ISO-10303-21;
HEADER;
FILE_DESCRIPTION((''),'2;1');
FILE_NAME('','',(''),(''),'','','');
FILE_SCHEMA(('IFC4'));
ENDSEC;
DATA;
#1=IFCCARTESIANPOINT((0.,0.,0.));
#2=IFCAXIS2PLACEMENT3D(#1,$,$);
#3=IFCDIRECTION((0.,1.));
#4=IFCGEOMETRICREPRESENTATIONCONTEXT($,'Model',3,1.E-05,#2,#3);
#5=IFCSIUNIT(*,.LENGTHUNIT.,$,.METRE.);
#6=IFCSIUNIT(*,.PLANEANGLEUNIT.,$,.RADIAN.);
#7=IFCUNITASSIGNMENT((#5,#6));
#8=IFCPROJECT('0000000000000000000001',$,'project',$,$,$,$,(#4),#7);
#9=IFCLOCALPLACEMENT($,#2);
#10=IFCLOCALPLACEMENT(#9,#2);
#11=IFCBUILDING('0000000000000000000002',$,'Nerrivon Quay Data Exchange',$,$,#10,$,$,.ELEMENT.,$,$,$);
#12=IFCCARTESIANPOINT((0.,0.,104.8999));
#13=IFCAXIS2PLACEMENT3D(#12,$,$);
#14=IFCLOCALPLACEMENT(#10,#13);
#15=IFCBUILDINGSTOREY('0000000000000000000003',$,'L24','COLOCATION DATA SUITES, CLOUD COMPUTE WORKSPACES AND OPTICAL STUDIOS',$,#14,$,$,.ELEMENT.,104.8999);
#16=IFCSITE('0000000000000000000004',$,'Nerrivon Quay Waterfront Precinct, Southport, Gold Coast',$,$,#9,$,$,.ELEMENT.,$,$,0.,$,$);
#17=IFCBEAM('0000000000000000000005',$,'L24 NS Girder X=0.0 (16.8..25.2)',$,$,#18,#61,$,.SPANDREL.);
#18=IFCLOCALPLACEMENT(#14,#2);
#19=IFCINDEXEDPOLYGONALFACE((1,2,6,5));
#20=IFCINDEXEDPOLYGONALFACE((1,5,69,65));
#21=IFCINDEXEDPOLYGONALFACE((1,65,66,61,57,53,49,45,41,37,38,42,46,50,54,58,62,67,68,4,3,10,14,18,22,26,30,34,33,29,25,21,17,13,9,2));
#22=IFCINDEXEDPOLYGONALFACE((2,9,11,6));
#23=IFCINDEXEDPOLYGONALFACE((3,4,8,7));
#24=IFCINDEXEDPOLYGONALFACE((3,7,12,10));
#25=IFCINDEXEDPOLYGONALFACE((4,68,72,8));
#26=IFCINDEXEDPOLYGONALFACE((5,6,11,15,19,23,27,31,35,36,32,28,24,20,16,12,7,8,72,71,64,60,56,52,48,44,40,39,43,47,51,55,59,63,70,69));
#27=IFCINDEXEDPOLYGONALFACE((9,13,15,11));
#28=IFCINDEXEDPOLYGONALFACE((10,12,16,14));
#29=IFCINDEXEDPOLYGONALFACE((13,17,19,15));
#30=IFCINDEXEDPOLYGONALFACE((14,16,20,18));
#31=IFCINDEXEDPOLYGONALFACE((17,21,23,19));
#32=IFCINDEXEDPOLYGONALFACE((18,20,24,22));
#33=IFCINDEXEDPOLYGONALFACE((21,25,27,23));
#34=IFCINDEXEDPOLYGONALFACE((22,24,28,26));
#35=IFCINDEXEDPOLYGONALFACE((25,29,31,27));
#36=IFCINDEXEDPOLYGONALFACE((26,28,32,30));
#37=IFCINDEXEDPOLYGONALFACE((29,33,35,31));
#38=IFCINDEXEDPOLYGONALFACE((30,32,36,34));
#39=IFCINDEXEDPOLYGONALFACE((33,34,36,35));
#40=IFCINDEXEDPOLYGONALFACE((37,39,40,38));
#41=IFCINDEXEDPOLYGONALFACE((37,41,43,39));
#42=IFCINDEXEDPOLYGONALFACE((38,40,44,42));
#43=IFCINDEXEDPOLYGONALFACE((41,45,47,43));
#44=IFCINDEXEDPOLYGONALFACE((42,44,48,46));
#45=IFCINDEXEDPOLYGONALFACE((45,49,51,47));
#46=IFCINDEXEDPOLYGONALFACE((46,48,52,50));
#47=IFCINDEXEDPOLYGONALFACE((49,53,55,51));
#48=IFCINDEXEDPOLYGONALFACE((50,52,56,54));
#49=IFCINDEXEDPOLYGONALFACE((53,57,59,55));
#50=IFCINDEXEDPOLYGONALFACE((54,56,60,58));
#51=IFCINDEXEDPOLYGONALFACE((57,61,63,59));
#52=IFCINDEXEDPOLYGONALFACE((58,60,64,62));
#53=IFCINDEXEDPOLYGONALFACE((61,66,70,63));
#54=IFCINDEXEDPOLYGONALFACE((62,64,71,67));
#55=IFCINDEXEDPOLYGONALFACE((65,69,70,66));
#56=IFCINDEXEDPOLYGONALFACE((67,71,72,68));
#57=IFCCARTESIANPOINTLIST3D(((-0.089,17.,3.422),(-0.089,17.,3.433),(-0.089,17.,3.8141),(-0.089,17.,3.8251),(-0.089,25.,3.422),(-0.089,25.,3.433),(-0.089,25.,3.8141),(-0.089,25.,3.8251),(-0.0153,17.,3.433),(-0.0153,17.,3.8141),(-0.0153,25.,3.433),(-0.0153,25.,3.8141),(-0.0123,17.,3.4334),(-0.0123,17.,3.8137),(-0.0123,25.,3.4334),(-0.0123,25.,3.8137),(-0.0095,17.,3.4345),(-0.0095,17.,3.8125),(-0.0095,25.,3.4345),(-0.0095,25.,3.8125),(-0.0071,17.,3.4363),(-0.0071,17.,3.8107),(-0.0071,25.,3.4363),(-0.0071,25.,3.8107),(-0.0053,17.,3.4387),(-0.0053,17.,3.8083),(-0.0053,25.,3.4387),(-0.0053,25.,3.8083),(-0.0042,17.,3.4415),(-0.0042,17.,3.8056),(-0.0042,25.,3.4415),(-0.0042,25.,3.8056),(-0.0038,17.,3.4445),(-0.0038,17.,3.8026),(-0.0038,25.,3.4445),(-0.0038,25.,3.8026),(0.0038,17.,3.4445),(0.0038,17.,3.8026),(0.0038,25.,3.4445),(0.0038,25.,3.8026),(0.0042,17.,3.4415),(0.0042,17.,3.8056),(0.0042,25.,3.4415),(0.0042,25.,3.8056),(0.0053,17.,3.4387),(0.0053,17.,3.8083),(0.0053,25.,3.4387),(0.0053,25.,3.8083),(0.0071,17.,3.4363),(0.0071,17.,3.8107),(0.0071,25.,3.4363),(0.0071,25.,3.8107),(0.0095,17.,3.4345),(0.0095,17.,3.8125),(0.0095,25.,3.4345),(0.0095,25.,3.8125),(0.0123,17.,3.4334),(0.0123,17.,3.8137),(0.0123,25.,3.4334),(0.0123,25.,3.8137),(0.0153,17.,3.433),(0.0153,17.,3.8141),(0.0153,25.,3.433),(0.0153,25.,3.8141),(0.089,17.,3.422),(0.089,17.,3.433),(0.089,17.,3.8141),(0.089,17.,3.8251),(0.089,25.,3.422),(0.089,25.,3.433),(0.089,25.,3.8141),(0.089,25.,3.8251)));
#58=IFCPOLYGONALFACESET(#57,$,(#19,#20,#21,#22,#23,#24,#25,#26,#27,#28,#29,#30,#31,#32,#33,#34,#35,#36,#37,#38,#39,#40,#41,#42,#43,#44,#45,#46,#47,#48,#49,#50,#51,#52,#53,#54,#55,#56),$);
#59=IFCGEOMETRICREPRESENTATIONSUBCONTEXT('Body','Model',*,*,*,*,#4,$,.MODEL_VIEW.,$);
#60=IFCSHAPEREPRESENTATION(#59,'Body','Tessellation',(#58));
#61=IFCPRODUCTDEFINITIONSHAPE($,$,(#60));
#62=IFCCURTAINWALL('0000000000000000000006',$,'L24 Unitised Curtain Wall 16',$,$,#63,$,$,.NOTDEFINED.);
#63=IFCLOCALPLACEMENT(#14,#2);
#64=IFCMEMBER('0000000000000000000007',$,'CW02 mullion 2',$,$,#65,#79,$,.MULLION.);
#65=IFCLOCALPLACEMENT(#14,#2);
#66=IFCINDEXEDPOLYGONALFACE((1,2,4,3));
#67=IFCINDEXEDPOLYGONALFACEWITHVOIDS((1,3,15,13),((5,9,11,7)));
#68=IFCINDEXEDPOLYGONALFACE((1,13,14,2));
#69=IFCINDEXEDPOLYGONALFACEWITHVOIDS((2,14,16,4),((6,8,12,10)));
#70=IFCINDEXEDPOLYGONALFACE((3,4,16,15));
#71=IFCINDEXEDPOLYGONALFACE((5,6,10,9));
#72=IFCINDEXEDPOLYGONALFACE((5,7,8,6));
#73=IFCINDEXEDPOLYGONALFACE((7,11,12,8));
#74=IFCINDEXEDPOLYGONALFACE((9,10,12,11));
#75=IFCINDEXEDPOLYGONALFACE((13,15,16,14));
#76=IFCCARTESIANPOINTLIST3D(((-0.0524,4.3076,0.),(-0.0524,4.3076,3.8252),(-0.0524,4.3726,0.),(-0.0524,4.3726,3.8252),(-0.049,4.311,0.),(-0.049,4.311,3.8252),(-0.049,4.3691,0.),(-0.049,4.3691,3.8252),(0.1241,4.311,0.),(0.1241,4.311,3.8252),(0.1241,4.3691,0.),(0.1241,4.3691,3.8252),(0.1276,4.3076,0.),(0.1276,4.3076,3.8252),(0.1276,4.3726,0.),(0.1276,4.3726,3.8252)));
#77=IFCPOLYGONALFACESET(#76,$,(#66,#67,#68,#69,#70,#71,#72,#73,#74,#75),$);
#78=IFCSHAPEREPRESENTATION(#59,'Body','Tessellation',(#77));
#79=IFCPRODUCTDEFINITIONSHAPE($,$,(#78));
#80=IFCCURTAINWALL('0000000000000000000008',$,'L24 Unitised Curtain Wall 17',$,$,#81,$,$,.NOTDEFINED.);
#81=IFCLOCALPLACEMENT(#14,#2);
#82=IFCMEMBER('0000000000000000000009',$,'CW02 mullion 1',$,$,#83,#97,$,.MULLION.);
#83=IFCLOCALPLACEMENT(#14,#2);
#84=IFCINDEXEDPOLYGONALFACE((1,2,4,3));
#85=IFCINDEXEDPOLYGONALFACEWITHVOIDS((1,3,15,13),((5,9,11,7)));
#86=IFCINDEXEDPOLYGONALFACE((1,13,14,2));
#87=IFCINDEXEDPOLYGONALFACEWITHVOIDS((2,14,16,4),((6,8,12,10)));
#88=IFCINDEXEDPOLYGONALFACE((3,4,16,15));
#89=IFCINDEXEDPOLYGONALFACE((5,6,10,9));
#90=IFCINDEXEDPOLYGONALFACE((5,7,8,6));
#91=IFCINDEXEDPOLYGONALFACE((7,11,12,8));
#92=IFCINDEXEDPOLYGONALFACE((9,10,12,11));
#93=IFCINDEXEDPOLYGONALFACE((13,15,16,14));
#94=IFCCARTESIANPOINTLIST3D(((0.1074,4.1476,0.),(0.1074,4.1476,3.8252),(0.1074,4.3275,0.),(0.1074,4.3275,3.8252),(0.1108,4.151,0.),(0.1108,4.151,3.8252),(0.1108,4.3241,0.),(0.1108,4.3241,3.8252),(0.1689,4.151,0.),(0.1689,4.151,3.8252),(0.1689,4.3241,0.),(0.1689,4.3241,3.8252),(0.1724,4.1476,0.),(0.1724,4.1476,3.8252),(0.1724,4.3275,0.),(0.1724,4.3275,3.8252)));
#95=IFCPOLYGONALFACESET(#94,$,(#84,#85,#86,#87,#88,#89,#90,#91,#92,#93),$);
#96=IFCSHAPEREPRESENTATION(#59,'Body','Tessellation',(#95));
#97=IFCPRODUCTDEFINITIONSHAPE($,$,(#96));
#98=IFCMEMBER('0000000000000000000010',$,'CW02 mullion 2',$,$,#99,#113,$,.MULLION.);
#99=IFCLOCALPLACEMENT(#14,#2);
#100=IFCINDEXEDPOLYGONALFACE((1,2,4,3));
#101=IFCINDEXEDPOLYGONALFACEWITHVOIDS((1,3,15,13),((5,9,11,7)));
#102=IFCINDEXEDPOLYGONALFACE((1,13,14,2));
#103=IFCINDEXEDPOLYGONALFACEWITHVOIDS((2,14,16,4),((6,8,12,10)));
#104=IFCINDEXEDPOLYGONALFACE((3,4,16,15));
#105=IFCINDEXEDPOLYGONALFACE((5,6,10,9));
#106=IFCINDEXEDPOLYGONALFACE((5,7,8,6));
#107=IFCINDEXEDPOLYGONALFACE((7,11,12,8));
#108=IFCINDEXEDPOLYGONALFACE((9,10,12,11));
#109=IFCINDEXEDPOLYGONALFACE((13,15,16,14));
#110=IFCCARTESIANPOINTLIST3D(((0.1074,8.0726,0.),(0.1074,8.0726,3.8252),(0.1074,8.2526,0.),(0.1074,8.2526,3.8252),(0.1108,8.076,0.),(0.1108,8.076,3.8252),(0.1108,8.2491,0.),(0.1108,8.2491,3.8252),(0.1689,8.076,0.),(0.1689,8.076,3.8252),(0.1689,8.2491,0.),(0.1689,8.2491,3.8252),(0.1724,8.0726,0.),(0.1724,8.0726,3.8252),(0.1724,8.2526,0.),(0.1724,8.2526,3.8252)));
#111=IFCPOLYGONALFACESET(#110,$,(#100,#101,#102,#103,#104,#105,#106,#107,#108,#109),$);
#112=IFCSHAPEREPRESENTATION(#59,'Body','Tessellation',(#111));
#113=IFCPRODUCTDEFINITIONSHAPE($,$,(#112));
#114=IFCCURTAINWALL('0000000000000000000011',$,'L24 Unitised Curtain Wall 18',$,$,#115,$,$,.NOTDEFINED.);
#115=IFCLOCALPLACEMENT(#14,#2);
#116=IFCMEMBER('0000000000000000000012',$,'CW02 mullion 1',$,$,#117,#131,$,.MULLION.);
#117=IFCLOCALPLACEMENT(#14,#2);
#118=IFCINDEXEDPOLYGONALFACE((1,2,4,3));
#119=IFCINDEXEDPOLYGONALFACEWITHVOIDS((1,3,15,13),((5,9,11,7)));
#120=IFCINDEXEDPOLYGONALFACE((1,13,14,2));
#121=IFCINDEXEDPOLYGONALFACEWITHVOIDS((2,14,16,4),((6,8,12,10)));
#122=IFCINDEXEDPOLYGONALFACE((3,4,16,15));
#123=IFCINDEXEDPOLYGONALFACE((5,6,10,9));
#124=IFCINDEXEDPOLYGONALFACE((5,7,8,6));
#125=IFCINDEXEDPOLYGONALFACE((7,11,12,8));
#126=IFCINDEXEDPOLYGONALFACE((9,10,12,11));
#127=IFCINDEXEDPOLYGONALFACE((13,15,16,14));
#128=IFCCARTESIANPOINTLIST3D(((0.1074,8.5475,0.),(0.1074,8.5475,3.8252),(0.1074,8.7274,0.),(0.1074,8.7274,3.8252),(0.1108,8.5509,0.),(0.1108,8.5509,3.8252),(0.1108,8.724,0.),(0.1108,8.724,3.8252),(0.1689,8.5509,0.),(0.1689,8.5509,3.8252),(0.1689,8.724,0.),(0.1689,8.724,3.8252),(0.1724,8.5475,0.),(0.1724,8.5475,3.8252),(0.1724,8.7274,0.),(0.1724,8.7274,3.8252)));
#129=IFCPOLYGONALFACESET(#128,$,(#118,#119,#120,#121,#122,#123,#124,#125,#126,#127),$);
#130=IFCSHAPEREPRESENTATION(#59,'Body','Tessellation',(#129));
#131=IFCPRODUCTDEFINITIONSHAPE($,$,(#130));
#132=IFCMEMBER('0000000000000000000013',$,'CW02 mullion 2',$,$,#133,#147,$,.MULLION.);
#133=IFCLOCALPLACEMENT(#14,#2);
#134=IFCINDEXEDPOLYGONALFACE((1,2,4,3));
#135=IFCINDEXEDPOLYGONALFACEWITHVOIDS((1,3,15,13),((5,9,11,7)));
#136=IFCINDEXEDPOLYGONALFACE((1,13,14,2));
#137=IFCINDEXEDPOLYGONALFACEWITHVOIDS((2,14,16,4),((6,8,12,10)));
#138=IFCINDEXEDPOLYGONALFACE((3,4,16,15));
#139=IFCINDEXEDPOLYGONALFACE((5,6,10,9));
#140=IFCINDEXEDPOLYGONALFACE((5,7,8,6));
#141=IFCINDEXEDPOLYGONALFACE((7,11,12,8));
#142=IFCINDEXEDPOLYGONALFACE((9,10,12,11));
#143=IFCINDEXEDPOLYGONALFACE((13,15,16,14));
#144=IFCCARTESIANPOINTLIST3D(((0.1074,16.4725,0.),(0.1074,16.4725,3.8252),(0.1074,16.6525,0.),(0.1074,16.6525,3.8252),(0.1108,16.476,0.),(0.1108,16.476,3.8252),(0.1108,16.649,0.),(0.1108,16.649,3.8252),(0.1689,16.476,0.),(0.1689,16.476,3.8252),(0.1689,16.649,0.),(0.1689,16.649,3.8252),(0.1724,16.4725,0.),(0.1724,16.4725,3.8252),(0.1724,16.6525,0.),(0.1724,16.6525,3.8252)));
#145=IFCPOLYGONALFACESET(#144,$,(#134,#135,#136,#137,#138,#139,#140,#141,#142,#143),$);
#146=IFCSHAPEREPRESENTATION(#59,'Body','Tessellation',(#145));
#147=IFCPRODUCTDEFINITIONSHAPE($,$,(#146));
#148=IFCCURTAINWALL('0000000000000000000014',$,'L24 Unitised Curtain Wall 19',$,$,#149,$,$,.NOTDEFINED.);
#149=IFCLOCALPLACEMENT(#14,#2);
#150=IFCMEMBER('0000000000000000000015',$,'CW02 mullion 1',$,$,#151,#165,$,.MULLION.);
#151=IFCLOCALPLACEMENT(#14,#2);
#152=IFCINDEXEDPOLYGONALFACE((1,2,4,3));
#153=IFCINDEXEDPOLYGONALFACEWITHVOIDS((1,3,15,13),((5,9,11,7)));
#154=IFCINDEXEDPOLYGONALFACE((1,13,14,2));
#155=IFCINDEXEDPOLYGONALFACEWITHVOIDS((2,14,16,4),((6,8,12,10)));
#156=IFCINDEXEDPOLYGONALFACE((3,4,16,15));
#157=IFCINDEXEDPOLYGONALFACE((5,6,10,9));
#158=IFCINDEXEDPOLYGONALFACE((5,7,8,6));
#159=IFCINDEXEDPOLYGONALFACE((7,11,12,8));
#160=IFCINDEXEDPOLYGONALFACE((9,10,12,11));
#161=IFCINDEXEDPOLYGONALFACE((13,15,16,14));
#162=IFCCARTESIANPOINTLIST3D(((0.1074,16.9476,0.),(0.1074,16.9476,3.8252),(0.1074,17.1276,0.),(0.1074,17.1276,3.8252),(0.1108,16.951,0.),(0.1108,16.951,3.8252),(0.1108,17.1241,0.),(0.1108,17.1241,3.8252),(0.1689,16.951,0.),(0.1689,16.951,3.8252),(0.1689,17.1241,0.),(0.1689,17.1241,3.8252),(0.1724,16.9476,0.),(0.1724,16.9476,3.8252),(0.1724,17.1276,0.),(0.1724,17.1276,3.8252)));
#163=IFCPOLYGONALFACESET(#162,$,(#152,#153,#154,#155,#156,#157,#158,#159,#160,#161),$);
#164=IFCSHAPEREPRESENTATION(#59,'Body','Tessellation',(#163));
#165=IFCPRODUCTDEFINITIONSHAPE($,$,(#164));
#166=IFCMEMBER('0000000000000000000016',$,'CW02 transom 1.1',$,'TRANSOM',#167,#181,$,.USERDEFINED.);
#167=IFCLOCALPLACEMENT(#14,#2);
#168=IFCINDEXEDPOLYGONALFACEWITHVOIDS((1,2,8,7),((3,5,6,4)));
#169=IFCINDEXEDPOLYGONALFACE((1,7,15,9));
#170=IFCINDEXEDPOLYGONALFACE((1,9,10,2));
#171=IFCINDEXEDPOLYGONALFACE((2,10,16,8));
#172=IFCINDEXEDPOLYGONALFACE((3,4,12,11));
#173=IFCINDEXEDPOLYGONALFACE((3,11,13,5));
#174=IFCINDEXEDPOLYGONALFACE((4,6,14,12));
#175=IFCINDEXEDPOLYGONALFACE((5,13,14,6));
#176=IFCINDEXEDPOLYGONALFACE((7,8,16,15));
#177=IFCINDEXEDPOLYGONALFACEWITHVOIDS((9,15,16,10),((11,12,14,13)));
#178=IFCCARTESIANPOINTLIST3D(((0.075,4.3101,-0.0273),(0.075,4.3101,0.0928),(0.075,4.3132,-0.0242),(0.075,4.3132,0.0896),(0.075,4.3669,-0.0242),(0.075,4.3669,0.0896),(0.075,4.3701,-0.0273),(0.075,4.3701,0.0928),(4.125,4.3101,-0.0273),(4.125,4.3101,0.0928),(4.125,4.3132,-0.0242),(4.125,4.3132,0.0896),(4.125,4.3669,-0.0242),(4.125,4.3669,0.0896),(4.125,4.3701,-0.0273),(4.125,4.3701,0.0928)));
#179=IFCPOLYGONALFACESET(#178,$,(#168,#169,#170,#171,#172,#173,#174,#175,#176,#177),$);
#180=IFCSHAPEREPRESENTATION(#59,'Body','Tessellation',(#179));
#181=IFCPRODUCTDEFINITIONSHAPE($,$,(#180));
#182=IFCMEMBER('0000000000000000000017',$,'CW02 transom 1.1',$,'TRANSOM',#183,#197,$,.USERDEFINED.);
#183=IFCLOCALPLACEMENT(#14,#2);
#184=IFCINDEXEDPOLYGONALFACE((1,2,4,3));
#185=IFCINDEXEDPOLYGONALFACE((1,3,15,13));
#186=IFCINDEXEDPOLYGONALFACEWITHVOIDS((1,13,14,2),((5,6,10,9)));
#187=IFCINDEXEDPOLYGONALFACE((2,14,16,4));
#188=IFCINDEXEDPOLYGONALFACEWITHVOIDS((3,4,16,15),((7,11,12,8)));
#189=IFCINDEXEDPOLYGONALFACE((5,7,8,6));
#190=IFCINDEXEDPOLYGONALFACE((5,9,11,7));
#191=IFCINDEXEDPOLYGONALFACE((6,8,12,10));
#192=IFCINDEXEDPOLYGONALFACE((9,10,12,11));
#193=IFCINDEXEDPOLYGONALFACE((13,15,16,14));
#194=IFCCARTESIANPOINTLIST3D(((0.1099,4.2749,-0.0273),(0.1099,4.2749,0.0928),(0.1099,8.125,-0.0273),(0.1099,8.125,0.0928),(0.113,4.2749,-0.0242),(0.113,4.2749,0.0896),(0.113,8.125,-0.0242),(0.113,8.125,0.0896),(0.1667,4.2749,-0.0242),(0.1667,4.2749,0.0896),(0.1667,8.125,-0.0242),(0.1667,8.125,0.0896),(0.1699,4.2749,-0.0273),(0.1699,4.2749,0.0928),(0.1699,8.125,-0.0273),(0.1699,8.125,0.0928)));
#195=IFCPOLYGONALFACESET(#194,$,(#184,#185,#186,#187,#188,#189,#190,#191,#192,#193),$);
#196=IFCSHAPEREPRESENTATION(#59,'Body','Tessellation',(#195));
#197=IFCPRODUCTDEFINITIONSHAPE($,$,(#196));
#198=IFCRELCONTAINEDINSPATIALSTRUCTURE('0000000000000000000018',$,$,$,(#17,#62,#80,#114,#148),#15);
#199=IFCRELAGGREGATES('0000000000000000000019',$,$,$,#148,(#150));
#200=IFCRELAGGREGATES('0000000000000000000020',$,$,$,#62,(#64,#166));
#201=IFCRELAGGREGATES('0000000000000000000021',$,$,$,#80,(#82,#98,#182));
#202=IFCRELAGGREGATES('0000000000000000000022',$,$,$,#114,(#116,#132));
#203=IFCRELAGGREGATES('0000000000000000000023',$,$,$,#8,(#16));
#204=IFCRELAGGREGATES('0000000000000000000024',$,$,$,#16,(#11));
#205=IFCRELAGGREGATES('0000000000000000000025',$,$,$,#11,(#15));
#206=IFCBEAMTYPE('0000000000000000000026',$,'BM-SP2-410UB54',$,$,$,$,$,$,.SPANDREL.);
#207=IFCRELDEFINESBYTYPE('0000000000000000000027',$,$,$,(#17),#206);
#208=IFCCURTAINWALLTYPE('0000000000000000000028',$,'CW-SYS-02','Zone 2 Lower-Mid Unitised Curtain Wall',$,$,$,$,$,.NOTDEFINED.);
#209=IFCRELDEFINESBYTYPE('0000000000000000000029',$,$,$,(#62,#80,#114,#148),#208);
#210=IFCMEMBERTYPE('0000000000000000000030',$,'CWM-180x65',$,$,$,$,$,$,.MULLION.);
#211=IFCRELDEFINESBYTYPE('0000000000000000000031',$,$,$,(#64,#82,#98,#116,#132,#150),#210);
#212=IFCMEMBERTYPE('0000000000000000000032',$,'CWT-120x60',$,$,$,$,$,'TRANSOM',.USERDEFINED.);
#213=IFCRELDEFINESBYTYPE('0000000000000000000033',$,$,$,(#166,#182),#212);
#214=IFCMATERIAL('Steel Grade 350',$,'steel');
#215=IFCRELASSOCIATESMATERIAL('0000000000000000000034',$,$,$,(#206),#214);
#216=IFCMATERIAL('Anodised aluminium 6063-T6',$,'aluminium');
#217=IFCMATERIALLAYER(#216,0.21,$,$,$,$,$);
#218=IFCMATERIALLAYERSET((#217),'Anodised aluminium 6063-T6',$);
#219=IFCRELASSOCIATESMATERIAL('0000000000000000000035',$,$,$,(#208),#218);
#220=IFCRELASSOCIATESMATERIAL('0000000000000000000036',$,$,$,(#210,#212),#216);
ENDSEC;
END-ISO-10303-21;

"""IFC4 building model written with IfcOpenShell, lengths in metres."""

from ifc_helpers import new_model, si_unit, direction, frame, origin, origin_2d, place, context, subcontext, project, spatial, hollow_rectangle, i_section, extrude, material, layer, layer_set, material_profile, profile_set, type_object, element, aggregate, save


model = new_model("IFC4")

# Units and contexts
model_context = context("Model", 3, precision=1e-05, world=origin(), true_north=direction((0.0, 1.0)))
body_context = subcontext(model_context, "Body", "Model", "MODEL_VIEW")
ifc_project = project(units=[si_unit("LENGTHUNIT", "METRE"), si_unit("PLANEANGLEUNIT", "RADIAN")], contexts=[model_context])

# Site, building, storey
site_placement = place(None, origin())
site = spatial("IfcSite", under=ifc_project, at=site_placement, Name="Nerrivon Quay Waterfront Precinct, Southport, Gold Coast", CompositionType="ELEMENT", RefElevation=0.0)
building_placement = place(site_placement, origin())
building = spatial("IfcBuilding", under=site, at=building_placement, Name="Nerrivon Quay Data Exchange", CompositionType="ELEMENT")
storey_placement = place(building_placement, frame((0.0, 0.0, 104.8999)))
storey = spatial("IfcBuildingStorey", under=building, at=storey_placement, Name="L24", Description="COLOCATION DATA SUITES, CLOUD COMPUTE WORKSPACES AND OPTICAL STUDIOS", CompositionType="ELEMENT", Elevation=104.8999)

# Shared definitions
ifc_material_1 = material(Name="Steel Grade 350", Category="steel")

# Beam
ifc_material_profile_1 = material_profile(ifc_material_1, i_section(OverallWidth=0.178, OverallDepth=0.4031, WebThickness=0.0076, FlangeThickness=0.011, FilletRadius=0.0115, at=origin_2d()), Name="410UB53.7")
ifc_profile_set_1 = profile_set([ifc_material_profile_1], Name="Steel Grade 350")
beam_type_1 = type_object("IfcBeamType", Name="BM-SP2-410UB54", PredefinedType="SPANDREL", material=ifc_profile_set_1)
for number, where, z_axis, x_axis, name in (
    (1, (0.0, 17.0, 3.6235), (0.0, 1.0, 0.0), (-1.0, 0.0, 0.0), "L24 NS Girder X=0.0 (16.8..25.2)"),
):
    element("IfcBeam", number, at=place(storey_placement, frame(where, z_axis=z_axis, x_axis=x_axis)), inside=storey, type_object=beam_type_1, Name=name, PredefinedType="SPANDREL", context=body_context, shape_type="SweptSolid", body=[
        extrude(i_section(OverallWidth=0.178, OverallDepth=0.4031, WebThickness=0.0076, FlangeThickness=0.011, FilletRadius=0.0115, at=origin_2d()), origin(), (0.0, 0.0, 1.0), 8.0),
    ])

# Curtain wall, member
ifc_material_2 = material(Name="Anodised aluminium 6063-T6", Category="aluminium")
ifc_layer_1 = layer(ifc_material_2, 0.21)
ifc_layer_set_1 = layer_set([ifc_layer_1], Name="Anodised aluminium 6063-T6")
curtain_wall_type = type_object("IfcCurtainWallType", Name="CW-SYS-02", Description="Zone 2 Lower-Mid Unitised Curtain Wall", PredefinedType="NOTDEFINED", material=ifc_layer_set_1)
curtain_wall_1_placement = place(storey_placement, origin())
curtain_wall_1 = element("IfcCurtainWall", 2, at=curtain_wall_1_placement, inside=storey, type_object=curtain_wall_type, Name="L24 Unitised Curtain Wall 16", PredefinedType="NOTDEFINED")
ifc_material_profile_2 = material_profile(ifc_material_2, hollow_rectangle(XDim=0.0649, YDim=0.1799, WallThickness=0.0034, at=origin_2d()), Name="ALU-MULL-180x65")
ifc_profile_set_2 = profile_set([ifc_material_profile_2], Name="Anodised aluminium 6063-T6")
member_type_1 = type_object("IfcMemberType", Name="CWM-180x65", PredefinedType="MULLION", material=ifc_profile_set_2)
member_1_placement = place(storey_placement, frame((0.0376, 4.3401, 0.0), z_axis=(0.0, 0.0, 1.0), x_axis=(0.0, -1.0, 0.0)))
member_1 = element("IfcMember", 3, at=member_1_placement, type_object=member_type_1, Name="CW02 mullion 2", PredefinedType="MULLION", context=body_context, shape_type="SweptSolid", body=[
    extrude(hollow_rectangle(XDim=0.0649, YDim=0.1799, WallThickness=0.0034, at=origin_2d()), origin(), (0.0, 0.0, 1.0), 3.8252),
])

# Curtain walls, members
curtain_wall_2_placement = place(storey_placement, origin())
curtain_wall_2 = element("IfcCurtainWall", 4, at=curtain_wall_2_placement, inside=storey, type_object=curtain_wall_type, Name="L24 Unitised Curtain Wall 17", PredefinedType="NOTDEFINED")
member_2_placement = place(storey_placement, frame((0.1399, 4.2375, 0.0), z_axis=(0.0, 0.0, 1.0), x_axis=(-1.0, 0.0, 0.0)))
member_2 = element("IfcMember", 5, at=member_2_placement, type_object=member_type_1, Name="CW02 mullion 1", PredefinedType="MULLION", context=body_context, shape_type="SweptSolid", body=[
    extrude(hollow_rectangle(XDim=0.0649, YDim=0.1799, WallThickness=0.0034, at=origin_2d()), origin(), (0.0, 0.0, 1.0), 3.8252),
])
member_3_placement = place(storey_placement, frame((0.1399, 8.1626, 0.0), z_axis=(0.0, 0.0, 1.0), x_axis=(-1.0, 0.0, 0.0)))
member_3 = element("IfcMember", 6, at=member_3_placement, type_object=member_type_1, Name="CW02 mullion 2", PredefinedType="MULLION", context=body_context, shape_type="SweptSolid", body=[
    extrude(hollow_rectangle(XDim=0.0649, YDim=0.1799, WallThickness=0.0034, at=origin_2d()), origin(), (0.0, 0.0, 1.0), 3.8252),
])
curtain_wall_3_placement = place(storey_placement, origin())
curtain_wall_3 = element("IfcCurtainWall", 7, at=curtain_wall_3_placement, inside=storey, type_object=curtain_wall_type, Name="L24 Unitised Curtain Wall 18", PredefinedType="NOTDEFINED")
member_4_placement = place(storey_placement, frame((0.1399, 8.6375, 0.0), z_axis=(0.0, 0.0, 1.0), x_axis=(-1.0, 0.0, 0.0)))
member_4 = element("IfcMember", 8, at=member_4_placement, type_object=member_type_1, Name="CW02 mullion 1", PredefinedType="MULLION", context=body_context, shape_type="SweptSolid", body=[
    extrude(hollow_rectangle(XDim=0.0649, YDim=0.1799, WallThickness=0.0034, at=origin_2d()), origin(), (0.0, 0.0, 1.0), 3.8252),
])
member_5_placement = place(storey_placement, frame((0.1399, 16.5625, 0.0), z_axis=(0.0, 0.0, 1.0), x_axis=(-1.0, 0.0, 0.0)))
member_5 = element("IfcMember", 9, at=member_5_placement, type_object=member_type_1, Name="CW02 mullion 2", PredefinedType="MULLION", context=body_context, shape_type="SweptSolid", body=[
    extrude(hollow_rectangle(XDim=0.0649, YDim=0.1799, WallThickness=0.0034, at=origin_2d()), origin(), (0.0, 0.0, 1.0), 3.8252),
])

# Curtain wall, member
curtain_wall_4_placement = place(storey_placement, origin())
curtain_wall_4 = element("IfcCurtainWall", 10, at=curtain_wall_4_placement, inside=storey, type_object=curtain_wall_type, Name="L24 Unitised Curtain Wall 19", PredefinedType="NOTDEFINED")
member_6_placement = place(storey_placement, frame((0.1399, 17.0376, 0.0), z_axis=(0.0, 0.0, 1.0), x_axis=(-1.0, 0.0, 0.0)))
member_6 = element("IfcMember", 11, at=member_6_placement, type_object=member_type_1, Name="CW02 mullion 1", PredefinedType="MULLION", context=body_context, shape_type="SweptSolid", body=[
    extrude(hollow_rectangle(XDim=0.0649, YDim=0.1799, WallThickness=0.0034, at=origin_2d()), origin(), (0.0, 0.0, 1.0), 3.8252),
])
aggregate(curtain_wall_4, [member_6])

# Members
ifc_material_profile_3 = material_profile(ifc_material_2, hollow_rectangle(XDim=0.0601, YDim=0.1201, WallThickness=0.0032, at=origin_2d()), Name="ALU-TRAN-120x60")
ifc_profile_set_3 = profile_set([ifc_material_profile_3], Name="Anodised aluminium 6063-T6")
member_type_2 = type_object("IfcMemberType", Name="CWT-120x60", ElementType="TRANSOM", PredefinedType="USERDEFINED", material=ifc_profile_set_3)
member_7_placement = place(storey_placement, frame((4.125, 4.3401, 0.0327), z_axis=(-1.0, 0.0, 0.0), x_axis=(0.0, -1.0, 0.0)))
member_7 = element("IfcMember", 12, at=member_7_placement, type_object=member_type_2, Name="CW02 transom 1.1", ObjectType="TRANSOM", PredefinedType="USERDEFINED", context=body_context, shape_type="SweptSolid", body=[
    extrude(hollow_rectangle(XDim=0.0601, YDim=0.1201, WallThickness=0.0032, at=origin_2d()), origin(), (0.0, 0.0, 1.0), 4.05),
])
member_8_placement = place(storey_placement, frame((0.1399, 4.2749, 0.0327), z_axis=(0.0, 1.0, 0.0), x_axis=(-1.0, 0.0, 0.0)))
member_8 = element("IfcMember", 13, at=member_8_placement, type_object=member_type_2, Name="CW02 transom 1.1", ObjectType="TRANSOM", PredefinedType="USERDEFINED", context=body_context, shape_type="SweptSolid", body=[
    extrude(hollow_rectangle(XDim=0.0601, YDim=0.1201, WallThickness=0.0032, at=origin_2d()), origin(), (0.0, 0.0, 1.0), 3.8501),
])

aggregate(curtain_wall_1, [member_1, member_7])
aggregate(curtain_wall_2, [member_2, member_3, member_8])
aggregate(curtain_wall_3, [member_4, member_5])

save(model, "model.ifc")
